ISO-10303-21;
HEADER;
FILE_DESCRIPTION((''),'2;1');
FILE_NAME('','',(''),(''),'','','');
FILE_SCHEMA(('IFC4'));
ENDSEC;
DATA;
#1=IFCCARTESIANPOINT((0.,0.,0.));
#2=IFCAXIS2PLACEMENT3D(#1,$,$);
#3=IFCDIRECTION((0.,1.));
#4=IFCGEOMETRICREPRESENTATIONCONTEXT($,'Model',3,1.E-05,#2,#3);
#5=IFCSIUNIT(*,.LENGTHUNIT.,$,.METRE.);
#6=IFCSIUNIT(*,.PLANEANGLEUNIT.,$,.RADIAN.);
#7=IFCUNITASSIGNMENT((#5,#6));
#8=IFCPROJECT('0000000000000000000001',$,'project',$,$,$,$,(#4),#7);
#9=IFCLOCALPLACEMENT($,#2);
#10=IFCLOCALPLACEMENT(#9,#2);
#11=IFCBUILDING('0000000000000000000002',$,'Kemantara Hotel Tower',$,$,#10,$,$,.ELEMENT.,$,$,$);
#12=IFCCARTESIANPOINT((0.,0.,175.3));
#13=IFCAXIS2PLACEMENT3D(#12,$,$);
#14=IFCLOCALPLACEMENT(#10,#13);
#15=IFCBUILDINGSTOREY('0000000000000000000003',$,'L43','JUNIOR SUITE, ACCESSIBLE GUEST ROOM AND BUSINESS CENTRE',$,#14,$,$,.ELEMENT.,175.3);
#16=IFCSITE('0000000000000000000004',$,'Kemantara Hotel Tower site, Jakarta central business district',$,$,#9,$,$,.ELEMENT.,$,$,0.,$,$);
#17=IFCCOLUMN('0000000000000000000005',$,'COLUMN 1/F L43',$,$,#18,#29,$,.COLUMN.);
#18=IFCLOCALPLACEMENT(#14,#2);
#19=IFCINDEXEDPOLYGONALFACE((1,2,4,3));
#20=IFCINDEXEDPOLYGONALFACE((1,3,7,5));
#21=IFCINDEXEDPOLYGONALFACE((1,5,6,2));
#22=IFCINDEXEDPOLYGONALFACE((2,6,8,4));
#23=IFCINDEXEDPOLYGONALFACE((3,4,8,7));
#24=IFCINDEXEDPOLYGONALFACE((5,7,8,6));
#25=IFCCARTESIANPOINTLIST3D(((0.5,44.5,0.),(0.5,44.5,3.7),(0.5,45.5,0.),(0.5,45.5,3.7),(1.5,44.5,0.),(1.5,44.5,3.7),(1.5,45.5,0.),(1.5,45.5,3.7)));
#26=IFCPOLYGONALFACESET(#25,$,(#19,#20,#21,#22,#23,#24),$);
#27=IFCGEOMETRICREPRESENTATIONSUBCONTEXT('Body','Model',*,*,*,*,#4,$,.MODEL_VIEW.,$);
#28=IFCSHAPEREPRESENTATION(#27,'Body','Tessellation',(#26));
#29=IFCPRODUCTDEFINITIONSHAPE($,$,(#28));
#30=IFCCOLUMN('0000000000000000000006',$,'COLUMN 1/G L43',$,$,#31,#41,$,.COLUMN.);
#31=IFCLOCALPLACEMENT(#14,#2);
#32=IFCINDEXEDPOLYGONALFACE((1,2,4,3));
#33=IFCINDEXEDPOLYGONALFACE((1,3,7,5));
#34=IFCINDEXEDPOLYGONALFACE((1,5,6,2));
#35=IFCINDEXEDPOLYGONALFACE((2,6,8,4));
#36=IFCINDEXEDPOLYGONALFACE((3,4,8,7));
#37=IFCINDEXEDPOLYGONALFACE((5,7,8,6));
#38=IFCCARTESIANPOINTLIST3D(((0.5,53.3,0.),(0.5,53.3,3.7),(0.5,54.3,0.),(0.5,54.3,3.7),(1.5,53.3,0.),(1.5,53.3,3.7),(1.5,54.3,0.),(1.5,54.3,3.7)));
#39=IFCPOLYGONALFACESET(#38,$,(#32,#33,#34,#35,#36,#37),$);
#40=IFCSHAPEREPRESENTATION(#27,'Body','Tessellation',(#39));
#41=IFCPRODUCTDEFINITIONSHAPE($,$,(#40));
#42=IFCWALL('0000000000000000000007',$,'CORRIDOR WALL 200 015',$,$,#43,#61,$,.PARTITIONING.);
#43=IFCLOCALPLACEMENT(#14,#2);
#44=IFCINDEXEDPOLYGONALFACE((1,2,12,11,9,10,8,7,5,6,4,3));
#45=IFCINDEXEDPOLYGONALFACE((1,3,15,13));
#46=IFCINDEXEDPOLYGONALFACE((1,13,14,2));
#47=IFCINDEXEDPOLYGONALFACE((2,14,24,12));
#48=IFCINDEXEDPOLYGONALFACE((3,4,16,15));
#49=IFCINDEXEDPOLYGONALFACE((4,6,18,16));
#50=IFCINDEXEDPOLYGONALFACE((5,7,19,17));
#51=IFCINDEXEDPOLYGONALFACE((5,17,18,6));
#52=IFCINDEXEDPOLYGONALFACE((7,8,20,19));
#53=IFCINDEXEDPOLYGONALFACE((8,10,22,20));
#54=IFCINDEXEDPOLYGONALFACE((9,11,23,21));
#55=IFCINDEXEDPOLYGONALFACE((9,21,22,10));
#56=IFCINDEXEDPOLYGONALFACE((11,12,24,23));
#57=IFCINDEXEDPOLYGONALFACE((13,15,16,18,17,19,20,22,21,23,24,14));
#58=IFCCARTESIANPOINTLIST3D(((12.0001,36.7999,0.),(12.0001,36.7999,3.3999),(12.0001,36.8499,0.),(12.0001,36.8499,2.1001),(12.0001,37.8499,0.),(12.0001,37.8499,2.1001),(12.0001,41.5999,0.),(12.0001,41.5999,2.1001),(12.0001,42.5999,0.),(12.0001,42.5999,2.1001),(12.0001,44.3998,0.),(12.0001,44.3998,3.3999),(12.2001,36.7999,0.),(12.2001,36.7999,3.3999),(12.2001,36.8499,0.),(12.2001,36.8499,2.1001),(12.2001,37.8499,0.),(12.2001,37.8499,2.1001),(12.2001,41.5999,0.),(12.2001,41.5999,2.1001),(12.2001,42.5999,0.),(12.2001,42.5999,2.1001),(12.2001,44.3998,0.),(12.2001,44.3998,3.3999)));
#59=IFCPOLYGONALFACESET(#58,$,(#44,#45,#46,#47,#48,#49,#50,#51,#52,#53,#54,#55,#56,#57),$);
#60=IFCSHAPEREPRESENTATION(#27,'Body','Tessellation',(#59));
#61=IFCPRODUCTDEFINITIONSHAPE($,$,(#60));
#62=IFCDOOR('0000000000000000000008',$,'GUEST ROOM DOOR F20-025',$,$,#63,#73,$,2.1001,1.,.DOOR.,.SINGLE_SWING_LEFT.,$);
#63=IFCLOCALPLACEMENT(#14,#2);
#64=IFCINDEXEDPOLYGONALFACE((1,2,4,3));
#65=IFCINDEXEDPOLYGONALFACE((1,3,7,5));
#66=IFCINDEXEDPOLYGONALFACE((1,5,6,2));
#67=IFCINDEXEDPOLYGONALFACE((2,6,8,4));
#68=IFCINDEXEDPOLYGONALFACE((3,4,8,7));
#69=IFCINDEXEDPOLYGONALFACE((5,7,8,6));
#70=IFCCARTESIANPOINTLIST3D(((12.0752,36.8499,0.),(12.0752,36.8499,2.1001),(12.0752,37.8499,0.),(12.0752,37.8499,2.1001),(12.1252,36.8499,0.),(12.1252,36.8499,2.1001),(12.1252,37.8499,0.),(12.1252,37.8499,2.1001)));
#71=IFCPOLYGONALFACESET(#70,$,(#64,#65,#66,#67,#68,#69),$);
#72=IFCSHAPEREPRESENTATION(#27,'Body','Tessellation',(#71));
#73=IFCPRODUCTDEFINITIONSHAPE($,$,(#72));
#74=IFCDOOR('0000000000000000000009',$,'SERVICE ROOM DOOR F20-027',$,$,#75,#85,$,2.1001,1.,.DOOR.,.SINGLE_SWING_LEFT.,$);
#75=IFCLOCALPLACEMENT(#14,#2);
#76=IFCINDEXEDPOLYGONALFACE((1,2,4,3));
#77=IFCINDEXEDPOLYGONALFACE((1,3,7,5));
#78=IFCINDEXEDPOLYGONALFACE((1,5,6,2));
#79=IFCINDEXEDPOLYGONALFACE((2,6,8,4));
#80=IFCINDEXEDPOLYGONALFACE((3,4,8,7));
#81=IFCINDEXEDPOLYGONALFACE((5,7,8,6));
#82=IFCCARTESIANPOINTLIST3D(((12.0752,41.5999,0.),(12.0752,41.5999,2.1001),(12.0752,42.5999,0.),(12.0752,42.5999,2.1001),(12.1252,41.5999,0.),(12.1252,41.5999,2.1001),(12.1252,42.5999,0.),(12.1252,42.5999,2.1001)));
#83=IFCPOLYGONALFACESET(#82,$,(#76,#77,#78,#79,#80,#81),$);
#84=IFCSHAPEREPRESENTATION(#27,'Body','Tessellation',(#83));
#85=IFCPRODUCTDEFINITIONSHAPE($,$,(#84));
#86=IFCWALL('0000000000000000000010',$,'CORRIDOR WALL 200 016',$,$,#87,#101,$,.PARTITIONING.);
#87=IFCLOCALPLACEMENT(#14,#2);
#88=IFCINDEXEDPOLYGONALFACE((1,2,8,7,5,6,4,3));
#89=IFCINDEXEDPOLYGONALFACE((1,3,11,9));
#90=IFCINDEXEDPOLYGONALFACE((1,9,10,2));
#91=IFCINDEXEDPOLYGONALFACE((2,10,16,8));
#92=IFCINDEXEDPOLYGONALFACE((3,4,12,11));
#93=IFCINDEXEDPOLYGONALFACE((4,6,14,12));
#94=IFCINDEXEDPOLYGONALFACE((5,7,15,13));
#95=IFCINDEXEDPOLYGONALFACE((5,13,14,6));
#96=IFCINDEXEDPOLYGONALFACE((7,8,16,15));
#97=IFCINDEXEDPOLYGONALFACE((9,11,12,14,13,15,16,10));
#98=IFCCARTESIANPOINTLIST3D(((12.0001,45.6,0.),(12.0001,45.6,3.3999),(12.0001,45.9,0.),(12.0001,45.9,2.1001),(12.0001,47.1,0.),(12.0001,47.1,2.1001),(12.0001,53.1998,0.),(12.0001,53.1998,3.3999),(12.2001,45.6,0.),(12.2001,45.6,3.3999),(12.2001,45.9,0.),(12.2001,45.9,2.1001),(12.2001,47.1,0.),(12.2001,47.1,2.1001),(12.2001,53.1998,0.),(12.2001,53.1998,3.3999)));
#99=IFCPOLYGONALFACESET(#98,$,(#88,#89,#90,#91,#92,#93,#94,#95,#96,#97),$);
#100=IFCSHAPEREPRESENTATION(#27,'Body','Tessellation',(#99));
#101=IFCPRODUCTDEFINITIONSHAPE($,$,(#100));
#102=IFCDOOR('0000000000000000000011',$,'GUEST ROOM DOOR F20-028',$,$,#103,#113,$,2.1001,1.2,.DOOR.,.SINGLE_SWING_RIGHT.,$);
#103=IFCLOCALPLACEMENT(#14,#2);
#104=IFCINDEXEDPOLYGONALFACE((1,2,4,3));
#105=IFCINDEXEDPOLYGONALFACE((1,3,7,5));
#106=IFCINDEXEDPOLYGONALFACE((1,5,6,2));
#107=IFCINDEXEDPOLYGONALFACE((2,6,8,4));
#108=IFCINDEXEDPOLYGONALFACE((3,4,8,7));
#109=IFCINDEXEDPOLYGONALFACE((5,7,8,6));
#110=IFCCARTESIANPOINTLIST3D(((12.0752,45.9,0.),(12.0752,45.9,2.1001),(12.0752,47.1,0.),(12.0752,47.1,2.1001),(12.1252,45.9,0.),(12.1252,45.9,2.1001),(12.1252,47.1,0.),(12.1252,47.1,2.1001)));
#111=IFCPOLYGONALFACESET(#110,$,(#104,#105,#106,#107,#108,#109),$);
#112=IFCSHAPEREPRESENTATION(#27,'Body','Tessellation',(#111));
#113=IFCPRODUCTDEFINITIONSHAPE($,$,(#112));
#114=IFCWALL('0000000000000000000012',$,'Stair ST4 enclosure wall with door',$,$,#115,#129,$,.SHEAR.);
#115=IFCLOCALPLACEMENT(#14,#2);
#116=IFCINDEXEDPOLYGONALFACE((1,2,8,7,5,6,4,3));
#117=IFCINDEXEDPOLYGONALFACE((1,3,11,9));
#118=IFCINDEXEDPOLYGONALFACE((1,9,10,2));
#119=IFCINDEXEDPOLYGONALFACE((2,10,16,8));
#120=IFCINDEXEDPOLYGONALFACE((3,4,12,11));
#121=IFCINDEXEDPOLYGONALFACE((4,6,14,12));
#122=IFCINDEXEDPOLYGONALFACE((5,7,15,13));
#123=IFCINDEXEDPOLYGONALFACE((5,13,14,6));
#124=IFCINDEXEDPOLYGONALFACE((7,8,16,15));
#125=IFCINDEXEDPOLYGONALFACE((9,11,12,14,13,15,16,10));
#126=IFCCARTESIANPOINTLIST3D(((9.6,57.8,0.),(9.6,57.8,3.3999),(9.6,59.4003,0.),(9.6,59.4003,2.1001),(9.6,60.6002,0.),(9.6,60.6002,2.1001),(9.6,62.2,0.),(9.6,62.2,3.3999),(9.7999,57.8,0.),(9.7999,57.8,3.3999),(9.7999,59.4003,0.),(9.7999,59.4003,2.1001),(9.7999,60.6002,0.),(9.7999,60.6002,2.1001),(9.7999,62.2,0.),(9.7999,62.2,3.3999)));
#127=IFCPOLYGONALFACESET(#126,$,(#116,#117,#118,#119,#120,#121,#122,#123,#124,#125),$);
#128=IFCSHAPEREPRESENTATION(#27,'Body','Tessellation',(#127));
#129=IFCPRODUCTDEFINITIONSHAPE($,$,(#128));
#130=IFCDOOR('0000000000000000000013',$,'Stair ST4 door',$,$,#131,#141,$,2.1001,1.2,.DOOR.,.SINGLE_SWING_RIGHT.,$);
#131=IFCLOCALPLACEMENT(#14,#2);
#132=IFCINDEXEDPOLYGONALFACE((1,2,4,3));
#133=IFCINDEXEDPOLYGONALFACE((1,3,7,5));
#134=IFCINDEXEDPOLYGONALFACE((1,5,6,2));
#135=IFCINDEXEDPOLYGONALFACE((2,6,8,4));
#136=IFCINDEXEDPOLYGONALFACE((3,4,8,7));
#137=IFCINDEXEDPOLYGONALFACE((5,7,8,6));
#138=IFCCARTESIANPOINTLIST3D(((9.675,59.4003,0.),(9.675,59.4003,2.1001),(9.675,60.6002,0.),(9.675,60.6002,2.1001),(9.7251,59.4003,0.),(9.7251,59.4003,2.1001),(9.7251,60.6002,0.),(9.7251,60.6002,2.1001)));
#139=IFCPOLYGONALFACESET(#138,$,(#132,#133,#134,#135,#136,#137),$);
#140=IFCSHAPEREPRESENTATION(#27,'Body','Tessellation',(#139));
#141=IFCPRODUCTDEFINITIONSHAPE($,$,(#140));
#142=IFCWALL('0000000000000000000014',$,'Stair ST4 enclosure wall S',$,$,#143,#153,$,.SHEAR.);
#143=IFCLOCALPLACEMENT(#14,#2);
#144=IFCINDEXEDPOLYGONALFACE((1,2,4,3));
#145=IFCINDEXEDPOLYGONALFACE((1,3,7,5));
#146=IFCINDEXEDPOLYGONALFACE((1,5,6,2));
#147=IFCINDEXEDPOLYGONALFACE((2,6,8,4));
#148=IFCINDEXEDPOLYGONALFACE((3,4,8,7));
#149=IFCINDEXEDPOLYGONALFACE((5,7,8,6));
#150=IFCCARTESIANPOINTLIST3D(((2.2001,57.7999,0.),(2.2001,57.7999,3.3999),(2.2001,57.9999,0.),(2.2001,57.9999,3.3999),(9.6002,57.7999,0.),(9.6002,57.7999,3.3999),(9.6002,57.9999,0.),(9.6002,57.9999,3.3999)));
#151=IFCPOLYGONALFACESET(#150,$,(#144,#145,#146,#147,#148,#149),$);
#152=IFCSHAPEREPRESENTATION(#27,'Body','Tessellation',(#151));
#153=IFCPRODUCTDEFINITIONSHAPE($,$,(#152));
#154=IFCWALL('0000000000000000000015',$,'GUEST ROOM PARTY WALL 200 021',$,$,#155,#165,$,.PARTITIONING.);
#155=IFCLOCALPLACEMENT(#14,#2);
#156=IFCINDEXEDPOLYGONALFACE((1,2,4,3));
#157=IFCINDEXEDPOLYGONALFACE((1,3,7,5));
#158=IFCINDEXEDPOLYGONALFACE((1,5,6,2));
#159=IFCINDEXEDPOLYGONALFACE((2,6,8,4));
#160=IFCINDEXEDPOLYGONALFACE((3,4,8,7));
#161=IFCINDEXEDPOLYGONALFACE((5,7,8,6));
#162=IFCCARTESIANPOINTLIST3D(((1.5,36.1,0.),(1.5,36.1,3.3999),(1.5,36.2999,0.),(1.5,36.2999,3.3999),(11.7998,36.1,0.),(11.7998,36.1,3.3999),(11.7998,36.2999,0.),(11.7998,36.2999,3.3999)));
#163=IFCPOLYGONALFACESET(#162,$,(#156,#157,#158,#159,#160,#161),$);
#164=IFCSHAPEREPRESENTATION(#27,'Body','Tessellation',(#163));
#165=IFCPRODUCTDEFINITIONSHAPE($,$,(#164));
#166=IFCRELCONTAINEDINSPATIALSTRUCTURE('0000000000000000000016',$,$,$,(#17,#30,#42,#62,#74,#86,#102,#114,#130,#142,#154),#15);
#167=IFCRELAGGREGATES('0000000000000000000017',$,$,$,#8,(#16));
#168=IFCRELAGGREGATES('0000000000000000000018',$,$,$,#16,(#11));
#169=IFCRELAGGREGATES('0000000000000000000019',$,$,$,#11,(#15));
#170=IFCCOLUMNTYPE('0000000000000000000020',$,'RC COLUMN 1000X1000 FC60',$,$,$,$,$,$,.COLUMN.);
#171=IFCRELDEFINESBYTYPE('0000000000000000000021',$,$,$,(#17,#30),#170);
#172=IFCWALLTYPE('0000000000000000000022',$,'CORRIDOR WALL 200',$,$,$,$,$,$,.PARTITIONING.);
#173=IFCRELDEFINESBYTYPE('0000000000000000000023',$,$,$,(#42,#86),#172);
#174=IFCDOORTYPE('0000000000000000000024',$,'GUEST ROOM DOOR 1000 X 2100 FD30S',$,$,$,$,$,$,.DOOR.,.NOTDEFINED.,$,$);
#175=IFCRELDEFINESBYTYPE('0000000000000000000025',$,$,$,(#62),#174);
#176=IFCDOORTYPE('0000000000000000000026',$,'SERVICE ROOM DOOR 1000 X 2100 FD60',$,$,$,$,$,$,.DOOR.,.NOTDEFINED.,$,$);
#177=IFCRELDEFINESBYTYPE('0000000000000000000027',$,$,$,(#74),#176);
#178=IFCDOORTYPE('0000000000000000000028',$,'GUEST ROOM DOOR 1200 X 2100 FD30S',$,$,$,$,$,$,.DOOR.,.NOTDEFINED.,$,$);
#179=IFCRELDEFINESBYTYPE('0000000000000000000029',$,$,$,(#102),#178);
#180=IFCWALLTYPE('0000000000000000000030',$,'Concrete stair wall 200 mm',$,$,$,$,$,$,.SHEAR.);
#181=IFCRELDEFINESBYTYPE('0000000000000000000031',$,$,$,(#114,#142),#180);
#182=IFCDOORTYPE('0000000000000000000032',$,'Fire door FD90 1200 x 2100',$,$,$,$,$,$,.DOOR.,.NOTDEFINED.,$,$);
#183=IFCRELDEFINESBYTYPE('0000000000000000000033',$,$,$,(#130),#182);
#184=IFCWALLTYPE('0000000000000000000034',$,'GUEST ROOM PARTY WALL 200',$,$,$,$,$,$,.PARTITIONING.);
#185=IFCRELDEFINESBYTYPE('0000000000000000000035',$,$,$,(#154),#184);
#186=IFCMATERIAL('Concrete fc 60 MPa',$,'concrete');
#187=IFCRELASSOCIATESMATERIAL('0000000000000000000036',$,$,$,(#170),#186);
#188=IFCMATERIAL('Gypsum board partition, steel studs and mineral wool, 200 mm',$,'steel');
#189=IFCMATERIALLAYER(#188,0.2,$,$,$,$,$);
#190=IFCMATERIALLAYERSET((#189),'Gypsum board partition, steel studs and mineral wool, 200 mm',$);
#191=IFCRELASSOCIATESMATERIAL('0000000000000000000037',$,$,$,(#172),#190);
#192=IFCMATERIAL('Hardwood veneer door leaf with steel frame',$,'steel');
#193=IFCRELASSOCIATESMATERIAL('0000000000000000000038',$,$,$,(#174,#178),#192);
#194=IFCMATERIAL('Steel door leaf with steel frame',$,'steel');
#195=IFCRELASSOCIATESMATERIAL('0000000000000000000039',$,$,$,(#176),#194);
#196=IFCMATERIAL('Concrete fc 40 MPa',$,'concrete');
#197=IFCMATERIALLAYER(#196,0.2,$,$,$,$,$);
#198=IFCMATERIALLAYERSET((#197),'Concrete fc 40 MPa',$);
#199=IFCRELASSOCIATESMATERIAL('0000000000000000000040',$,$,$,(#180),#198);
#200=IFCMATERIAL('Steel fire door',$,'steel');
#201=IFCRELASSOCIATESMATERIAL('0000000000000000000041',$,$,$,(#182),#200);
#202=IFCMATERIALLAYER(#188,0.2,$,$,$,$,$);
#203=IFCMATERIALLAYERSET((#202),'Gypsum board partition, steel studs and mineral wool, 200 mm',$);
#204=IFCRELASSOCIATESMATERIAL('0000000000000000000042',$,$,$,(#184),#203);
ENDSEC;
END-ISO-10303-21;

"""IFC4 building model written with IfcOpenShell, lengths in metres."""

from ifc_helpers import new_model, si_unit, direction, frame, frame_2d, origin, origin_2d, place, context, subcontext, project, spatial, rectangle, extrude, material, layer, layer_set, material_profile, profile_set, type_object, element, fill, save


model = new_model("IFC4")

# Units and contexts
model_context = context("Model", 3, precision=1e-05, world=origin(), true_north=direction((0.0, 1.0)))
body_context = subcontext(model_context, "Body", "Model", "MODEL_VIEW")
ifc_project = project(units=[si_unit("LENGTHUNIT", "METRE"), si_unit("PLANEANGLEUNIT", "RADIAN")], contexts=[model_context])

# Site, building, storey
site_placement = place(None, origin())
site = spatial("IfcSite", under=ifc_project, at=site_placement, Name="Kemantara Hotel Tower site, Jakarta central business district", CompositionType="ELEMENT", RefElevation=0.0)
building_placement = place(site_placement, origin())
building = spatial("IfcBuilding", under=site, at=building_placement, Name="Kemantara Hotel Tower", CompositionType="ELEMENT")
storey_placement = place(building_placement, frame((0.0, 0.0, 175.3)))
storey = spatial("IfcBuildingStorey", under=building, at=storey_placement, Name="L43", Description="JUNIOR SUITE, ACCESSIBLE GUEST ROOM AND BUSINESS CENTRE", CompositionType="ELEMENT", Elevation=175.3)

# Columns
ifc_material_1 = material(Name="Concrete fc 60 MPa", Category="concrete")
ifc_material_profile = material_profile(ifc_material_1, rectangle(XDim=1.0, YDim=1.0, at=origin_2d()), Name="RC 1000X1000")
ifc_profile_set = profile_set([ifc_material_profile], Name="Concrete fc 60 MPa")
column_type = type_object("IfcColumnType", Name="RC COLUMN 1000X1000 FC60", PredefinedType="COLUMN", material=ifc_profile_set)
for number, where, z_axis, x_axis, name in (
    (1, (1.0, 45.0, 0.0), (0.0, 0.0, 1.0), (1.0, 0.0, 0.0), "COLUMN 1/F L43"),
    (2, (1.0, 53.8, 0.0), (0.0, 0.0, 1.0), (1.0, 0.0, 0.0), "COLUMN 1/G L43"),
):
    element("IfcColumn", number, at=place(storey_placement, frame(where, z_axis=z_axis, x_axis=x_axis)), inside=storey, type_object=column_type, Name=name, PredefinedType="COLUMN", context=body_context, shape_type="SweptSolid", body=[
        extrude(rectangle(XDim=1.0, YDim=1.0, at=origin_2d()), origin(), (0.0, 0.0, 1.0), 3.7),
    ])

# Wall, openings, doors
ifc_material_2 = material(Name="Gypsum board partition, steel studs and mineral wool, 200 mm", Category="steel")
ifc_layer_1 = layer(ifc_material_2, 0.2)
ifc_layer_set_1 = layer_set([ifc_layer_1], Name="Gypsum board partition, steel studs and mineral wool, 200 mm")
wall_type_1 = type_object("IfcWallType", Name="CORRIDOR WALL 200", PredefinedType="PARTITIONING", material=ifc_layer_set_1)
wall_1_placement = place(storey_placement, frame((12.1001, 36.8, 0.0), z_axis=(0.0, 0.0, 1.0), x_axis=(0.0, 1.0, 0.0)))
wall_1 = element("IfcWall", 3, at=wall_1_placement, inside=storey, type_object=wall_type_1, Name="CORRIDOR WALL 200 015", PredefinedType="PARTITIONING", context=body_context, shape_type="SweptSolid", body=[
    extrude(rectangle(XDim=7.5999, YDim=0.2, at=frame_2d((3.7998, 0.0))), origin(), (0.0, 0.0, 1.0), 3.3999),
])
opening_1_placement = place(wall_1_placement, frame((0.0498, 0.0, 0.0)))
opening_1 = element("IfcOpeningElement", 4, at=opening_1_placement, cuts=wall_1, PredefinedType="OPENING", context=body_context, shape_type="SweptSolid", body=[
    extrude(rectangle(XDim=1.0, YDim=2.1001, at=frame_2d((0.5, 1.05))), frame((0.0, 0.1099, 0.0), z_axis=(0.0, -1.0, 0.0), x_axis=(1.0, 0.0, 0.0)), (0.0, 0.0, 1.0), 0.22),
])
opening_2_placement = place(wall_1_placement, frame((4.7998, 0.0, 0.0)))
opening_2 = element("IfcOpeningElement", 5, at=opening_2_placement, cuts=wall_1, PredefinedType="OPENING", context=body_context, shape_type="SweptSolid", body=[
    extrude(rectangle(XDim=1.0, YDim=2.1001, at=frame_2d((0.5, 1.05))), frame((0.0, 0.1099, 0.0), z_axis=(0.0, -1.0, 0.0), x_axis=(1.0, 0.0, 0.0)), (0.0, 0.0, 1.0), 0.22),
])
ifc_material_3 = material(Name="Hardwood veneer door leaf with steel frame", Category="steel")
door_type_1 = type_object("IfcDoorType", Name="GUEST ROOM DOOR 1000 X 2100 FD30S", OperationType="NOTDEFINED", PredefinedType="DOOR", material=ifc_material_3)
door_1_placement = place(opening_1_placement, origin())
door_1 = element("IfcDoor", 6, at=door_1_placement, inside=storey, type_object=door_type_1, Name="GUEST ROOM DOOR F20-025", OperationType="SINGLE_SWING_LEFT", OverallHeight=2.1001, OverallWidth=1.0, PredefinedType="DOOR", context=body_context, shape_type="SweptSolid", body=[
    extrude(rectangle(XDim=1.0, YDim=2.1001, at=frame_2d((0.5, 1.05))), frame((0.0, 0.0249, 0.0), z_axis=(0.0, -1.0, 0.0), x_axis=(1.0, 0.0, 0.0)), (0.0, 0.0, 1.0), 0.05),
])
fill(opening_1, door_1)
ifc_material_4 = material(Name="Steel door leaf with steel frame", Category="steel")
door_type_2 = type_object("IfcDoorType", Name="SERVICE ROOM DOOR 1000 X 2100 FD60", OperationType="NOTDEFINED", PredefinedType="DOOR", material=ifc_material_4)
door_2_placement = place(opening_2_placement, origin())
door_2 = element("IfcDoor", 7, at=door_2_placement, inside=storey, type_object=door_type_2, Name="SERVICE ROOM DOOR F20-027", OperationType="SINGLE_SWING_LEFT", OverallHeight=2.1001, OverallWidth=1.0, PredefinedType="DOOR", context=body_context, shape_type="SweptSolid", body=[
    extrude(rectangle(XDim=1.0, YDim=2.1001, at=frame_2d((0.5, 1.05))), frame((0.0, 0.0249, 0.0), z_axis=(0.0, -1.0, 0.0), x_axis=(1.0, 0.0, 0.0)), (0.0, 0.0, 1.0), 0.05),
])
fill(opening_2, door_2)

# Walls, openings, doors
wall_2_placement = place(storey_placement, frame((12.1001, 45.6001, 0.0), z_axis=(0.0, 0.0, 1.0), x_axis=(0.0, 1.0, 0.0)))
wall_2 = element("IfcWall", 8, at=wall_2_placement, inside=storey, type_object=wall_type_1, Name="CORRIDOR WALL 200 016", PredefinedType="PARTITIONING", context=body_context, shape_type="SweptSolid", body=[
    extrude(rectangle(XDim=7.5999, YDim=0.2, at=frame_2d((3.7998, 0.0))), origin(), (0.0, 0.0, 1.0), 3.3999),
])
opening_3_placement = place(wall_2_placement, frame((0.2998, 0.0, 0.0)))
opening_3 = element("IfcOpeningElement", 9, at=opening_3_placement, cuts=wall_2, PredefinedType="OPENING", context=body_context, shape_type="SweptSolid", body=[
    extrude(rectangle(XDim=1.2, YDim=2.1001, at=frame_2d((0.6001, 1.05))), frame((0.0, 0.1099, 0.0), z_axis=(0.0, -1.0, 0.0), x_axis=(1.0, 0.0, 0.0)), (0.0, 0.0, 1.0), 0.22),
])
door_type_3 = type_object("IfcDoorType", Name="GUEST ROOM DOOR 1200 X 2100 FD30S", OperationType="NOTDEFINED", PredefinedType="DOOR", material=ifc_material_3)
door_3_placement = place(opening_3_placement, origin())
door_3 = element("IfcDoor", 10, at=door_3_placement, inside=storey, type_object=door_type_3, Name="GUEST ROOM DOOR F20-028", OperationType="SINGLE_SWING_RIGHT", OverallHeight=2.1001, OverallWidth=1.2, PredefinedType="DOOR", context=body_context, shape_type="SweptSolid", body=[
    extrude(rectangle(XDim=1.2, YDim=2.1001, at=frame_2d((0.6001, 1.05))), frame((0.0, 0.0249, 0.0), z_axis=(0.0, -1.0, 0.0), x_axis=(1.0, 0.0, 0.0)), (0.0, 0.0, 1.0), 0.05),
])
fill(opening_3, door_3)
ifc_material_5 = material(Name="Concrete fc 40 MPa", Category="concrete")
ifc_layer_2 = layer(ifc_material_5, 0.2)
ifc_layer_set_2 = layer_set([ifc_layer_2], Name="Concrete fc 40 MPa")
wall_type_2 = type_object("IfcWallType", Name="Concrete stair wall 200 mm", PredefinedType="SHEAR", material=ifc_layer_set_2)
wall_3_placement = place(storey_placement, frame((9.7, 57.8, 0.0), z_axis=(0.0, 0.0, 1.0), x_axis=(0.0, 1.0, 0.0)))
wall_3 = element("IfcWall", 11, at=wall_3_placement, inside=storey, type_object=wall_type_2, Name="Stair ST4 enclosure wall with door", PredefinedType="SHEAR", context=body_context, shape_type="SweptSolid", body=[
    extrude(rectangle(XDim=4.3999, YDim=0.2, at=frame_2d((2.2, 0.0))), origin(), (0.0, 0.0, 1.0), 3.3999),
])
opening_4_placement = place(wall_3_placement, frame((1.6001, 0.0, 0.0)))
opening_4 = element("IfcOpeningElement", 12, at=opening_4_placement, cuts=wall_3, PredefinedType="OPENING", context=body_context, shape_type="SweptSolid", body=[
    extrude(rectangle(XDim=1.2, YDim=2.1001, at=frame_2d((0.6001, 1.05))), frame((0.0, 0.1099, 0.0), z_axis=(0.0, -1.0, 0.0), x_axis=(1.0, 0.0, 0.0)), (0.0, 0.0, 1.0), 0.22),
])
ifc_material_6 = material(Name="Steel fire door", Category="steel")
door_type_4 = type_object("IfcDoorType", Name="Fire door FD90 1200 x 2100", OperationType="NOTDEFINED", PredefinedType="DOOR", material=ifc_material_6)
door_4_placement = place(opening_4_placement, origin())
door_4 = element("IfcDoor", 13, at=door_4_placement, inside=storey, type_object=door_type_4, Name="Stair ST4 door", OperationType="SINGLE_SWING_RIGHT", OverallHeight=2.1001, OverallWidth=1.2, PredefinedType="DOOR", context=body_context, shape_type="SweptSolid", body=[
    extrude(rectangle(XDim=1.2, YDim=2.1001, at=frame_2d((0.6001, 1.05))), frame((0.0, 0.0249, 0.0), z_axis=(0.0, -1.0, 0.0), x_axis=(1.0, 0.0, 0.0)), (0.0, 0.0, 1.0), 0.05),
])
fill(opening_4, door_4)

# Walls
wall_4_placement = place(storey_placement, frame((2.2, 57.8999, 0.0), z_axis=(0.0, 0.0, 1.0), x_axis=(1.0, 0.0, 0.0)))
element("IfcWall", 14, at=wall_4_placement, inside=storey, type_object=wall_type_2, Name="Stair ST4 enclosure wall S", PredefinedType="SHEAR", context=body_context, shape_type="SweptSolid", body=[
    extrude(rectangle(XDim=7.4001, YDim=0.2, at=frame_2d((3.7002, 0.0))), origin(), (0.0, 0.0, 1.0), 3.3999),
])
ifc_layer_3 = layer(ifc_material_2, 0.2)
ifc_layer_set_3 = layer_set([ifc_layer_3], Name="Gypsum board partition, steel studs and mineral wool, 200 mm")
wall_type_3 = type_object("IfcWallType", Name="GUEST ROOM PARTY WALL 200", PredefinedType="PARTITIONING", material=ifc_layer_set_3)
wall_5_placement = place(storey_placement, frame((1.5, 36.2, 0.0), z_axis=(0.0, 0.0, 1.0), x_axis=(1.0, 0.0, 0.0)))
element("IfcWall", 15, at=wall_5_placement, inside=storey, type_object=wall_type_3, Name="GUEST ROOM PARTY WALL 200 021", PredefinedType="PARTITIONING", context=body_context, shape_type="SweptSolid", body=[
    extrude(rectangle(XDim=10.2998, YDim=0.2, at=frame_2d((5.1499, 0.0))), origin(), (0.0, 0.0, 1.0), 3.3999),
])

save(model, "model.ifc")
